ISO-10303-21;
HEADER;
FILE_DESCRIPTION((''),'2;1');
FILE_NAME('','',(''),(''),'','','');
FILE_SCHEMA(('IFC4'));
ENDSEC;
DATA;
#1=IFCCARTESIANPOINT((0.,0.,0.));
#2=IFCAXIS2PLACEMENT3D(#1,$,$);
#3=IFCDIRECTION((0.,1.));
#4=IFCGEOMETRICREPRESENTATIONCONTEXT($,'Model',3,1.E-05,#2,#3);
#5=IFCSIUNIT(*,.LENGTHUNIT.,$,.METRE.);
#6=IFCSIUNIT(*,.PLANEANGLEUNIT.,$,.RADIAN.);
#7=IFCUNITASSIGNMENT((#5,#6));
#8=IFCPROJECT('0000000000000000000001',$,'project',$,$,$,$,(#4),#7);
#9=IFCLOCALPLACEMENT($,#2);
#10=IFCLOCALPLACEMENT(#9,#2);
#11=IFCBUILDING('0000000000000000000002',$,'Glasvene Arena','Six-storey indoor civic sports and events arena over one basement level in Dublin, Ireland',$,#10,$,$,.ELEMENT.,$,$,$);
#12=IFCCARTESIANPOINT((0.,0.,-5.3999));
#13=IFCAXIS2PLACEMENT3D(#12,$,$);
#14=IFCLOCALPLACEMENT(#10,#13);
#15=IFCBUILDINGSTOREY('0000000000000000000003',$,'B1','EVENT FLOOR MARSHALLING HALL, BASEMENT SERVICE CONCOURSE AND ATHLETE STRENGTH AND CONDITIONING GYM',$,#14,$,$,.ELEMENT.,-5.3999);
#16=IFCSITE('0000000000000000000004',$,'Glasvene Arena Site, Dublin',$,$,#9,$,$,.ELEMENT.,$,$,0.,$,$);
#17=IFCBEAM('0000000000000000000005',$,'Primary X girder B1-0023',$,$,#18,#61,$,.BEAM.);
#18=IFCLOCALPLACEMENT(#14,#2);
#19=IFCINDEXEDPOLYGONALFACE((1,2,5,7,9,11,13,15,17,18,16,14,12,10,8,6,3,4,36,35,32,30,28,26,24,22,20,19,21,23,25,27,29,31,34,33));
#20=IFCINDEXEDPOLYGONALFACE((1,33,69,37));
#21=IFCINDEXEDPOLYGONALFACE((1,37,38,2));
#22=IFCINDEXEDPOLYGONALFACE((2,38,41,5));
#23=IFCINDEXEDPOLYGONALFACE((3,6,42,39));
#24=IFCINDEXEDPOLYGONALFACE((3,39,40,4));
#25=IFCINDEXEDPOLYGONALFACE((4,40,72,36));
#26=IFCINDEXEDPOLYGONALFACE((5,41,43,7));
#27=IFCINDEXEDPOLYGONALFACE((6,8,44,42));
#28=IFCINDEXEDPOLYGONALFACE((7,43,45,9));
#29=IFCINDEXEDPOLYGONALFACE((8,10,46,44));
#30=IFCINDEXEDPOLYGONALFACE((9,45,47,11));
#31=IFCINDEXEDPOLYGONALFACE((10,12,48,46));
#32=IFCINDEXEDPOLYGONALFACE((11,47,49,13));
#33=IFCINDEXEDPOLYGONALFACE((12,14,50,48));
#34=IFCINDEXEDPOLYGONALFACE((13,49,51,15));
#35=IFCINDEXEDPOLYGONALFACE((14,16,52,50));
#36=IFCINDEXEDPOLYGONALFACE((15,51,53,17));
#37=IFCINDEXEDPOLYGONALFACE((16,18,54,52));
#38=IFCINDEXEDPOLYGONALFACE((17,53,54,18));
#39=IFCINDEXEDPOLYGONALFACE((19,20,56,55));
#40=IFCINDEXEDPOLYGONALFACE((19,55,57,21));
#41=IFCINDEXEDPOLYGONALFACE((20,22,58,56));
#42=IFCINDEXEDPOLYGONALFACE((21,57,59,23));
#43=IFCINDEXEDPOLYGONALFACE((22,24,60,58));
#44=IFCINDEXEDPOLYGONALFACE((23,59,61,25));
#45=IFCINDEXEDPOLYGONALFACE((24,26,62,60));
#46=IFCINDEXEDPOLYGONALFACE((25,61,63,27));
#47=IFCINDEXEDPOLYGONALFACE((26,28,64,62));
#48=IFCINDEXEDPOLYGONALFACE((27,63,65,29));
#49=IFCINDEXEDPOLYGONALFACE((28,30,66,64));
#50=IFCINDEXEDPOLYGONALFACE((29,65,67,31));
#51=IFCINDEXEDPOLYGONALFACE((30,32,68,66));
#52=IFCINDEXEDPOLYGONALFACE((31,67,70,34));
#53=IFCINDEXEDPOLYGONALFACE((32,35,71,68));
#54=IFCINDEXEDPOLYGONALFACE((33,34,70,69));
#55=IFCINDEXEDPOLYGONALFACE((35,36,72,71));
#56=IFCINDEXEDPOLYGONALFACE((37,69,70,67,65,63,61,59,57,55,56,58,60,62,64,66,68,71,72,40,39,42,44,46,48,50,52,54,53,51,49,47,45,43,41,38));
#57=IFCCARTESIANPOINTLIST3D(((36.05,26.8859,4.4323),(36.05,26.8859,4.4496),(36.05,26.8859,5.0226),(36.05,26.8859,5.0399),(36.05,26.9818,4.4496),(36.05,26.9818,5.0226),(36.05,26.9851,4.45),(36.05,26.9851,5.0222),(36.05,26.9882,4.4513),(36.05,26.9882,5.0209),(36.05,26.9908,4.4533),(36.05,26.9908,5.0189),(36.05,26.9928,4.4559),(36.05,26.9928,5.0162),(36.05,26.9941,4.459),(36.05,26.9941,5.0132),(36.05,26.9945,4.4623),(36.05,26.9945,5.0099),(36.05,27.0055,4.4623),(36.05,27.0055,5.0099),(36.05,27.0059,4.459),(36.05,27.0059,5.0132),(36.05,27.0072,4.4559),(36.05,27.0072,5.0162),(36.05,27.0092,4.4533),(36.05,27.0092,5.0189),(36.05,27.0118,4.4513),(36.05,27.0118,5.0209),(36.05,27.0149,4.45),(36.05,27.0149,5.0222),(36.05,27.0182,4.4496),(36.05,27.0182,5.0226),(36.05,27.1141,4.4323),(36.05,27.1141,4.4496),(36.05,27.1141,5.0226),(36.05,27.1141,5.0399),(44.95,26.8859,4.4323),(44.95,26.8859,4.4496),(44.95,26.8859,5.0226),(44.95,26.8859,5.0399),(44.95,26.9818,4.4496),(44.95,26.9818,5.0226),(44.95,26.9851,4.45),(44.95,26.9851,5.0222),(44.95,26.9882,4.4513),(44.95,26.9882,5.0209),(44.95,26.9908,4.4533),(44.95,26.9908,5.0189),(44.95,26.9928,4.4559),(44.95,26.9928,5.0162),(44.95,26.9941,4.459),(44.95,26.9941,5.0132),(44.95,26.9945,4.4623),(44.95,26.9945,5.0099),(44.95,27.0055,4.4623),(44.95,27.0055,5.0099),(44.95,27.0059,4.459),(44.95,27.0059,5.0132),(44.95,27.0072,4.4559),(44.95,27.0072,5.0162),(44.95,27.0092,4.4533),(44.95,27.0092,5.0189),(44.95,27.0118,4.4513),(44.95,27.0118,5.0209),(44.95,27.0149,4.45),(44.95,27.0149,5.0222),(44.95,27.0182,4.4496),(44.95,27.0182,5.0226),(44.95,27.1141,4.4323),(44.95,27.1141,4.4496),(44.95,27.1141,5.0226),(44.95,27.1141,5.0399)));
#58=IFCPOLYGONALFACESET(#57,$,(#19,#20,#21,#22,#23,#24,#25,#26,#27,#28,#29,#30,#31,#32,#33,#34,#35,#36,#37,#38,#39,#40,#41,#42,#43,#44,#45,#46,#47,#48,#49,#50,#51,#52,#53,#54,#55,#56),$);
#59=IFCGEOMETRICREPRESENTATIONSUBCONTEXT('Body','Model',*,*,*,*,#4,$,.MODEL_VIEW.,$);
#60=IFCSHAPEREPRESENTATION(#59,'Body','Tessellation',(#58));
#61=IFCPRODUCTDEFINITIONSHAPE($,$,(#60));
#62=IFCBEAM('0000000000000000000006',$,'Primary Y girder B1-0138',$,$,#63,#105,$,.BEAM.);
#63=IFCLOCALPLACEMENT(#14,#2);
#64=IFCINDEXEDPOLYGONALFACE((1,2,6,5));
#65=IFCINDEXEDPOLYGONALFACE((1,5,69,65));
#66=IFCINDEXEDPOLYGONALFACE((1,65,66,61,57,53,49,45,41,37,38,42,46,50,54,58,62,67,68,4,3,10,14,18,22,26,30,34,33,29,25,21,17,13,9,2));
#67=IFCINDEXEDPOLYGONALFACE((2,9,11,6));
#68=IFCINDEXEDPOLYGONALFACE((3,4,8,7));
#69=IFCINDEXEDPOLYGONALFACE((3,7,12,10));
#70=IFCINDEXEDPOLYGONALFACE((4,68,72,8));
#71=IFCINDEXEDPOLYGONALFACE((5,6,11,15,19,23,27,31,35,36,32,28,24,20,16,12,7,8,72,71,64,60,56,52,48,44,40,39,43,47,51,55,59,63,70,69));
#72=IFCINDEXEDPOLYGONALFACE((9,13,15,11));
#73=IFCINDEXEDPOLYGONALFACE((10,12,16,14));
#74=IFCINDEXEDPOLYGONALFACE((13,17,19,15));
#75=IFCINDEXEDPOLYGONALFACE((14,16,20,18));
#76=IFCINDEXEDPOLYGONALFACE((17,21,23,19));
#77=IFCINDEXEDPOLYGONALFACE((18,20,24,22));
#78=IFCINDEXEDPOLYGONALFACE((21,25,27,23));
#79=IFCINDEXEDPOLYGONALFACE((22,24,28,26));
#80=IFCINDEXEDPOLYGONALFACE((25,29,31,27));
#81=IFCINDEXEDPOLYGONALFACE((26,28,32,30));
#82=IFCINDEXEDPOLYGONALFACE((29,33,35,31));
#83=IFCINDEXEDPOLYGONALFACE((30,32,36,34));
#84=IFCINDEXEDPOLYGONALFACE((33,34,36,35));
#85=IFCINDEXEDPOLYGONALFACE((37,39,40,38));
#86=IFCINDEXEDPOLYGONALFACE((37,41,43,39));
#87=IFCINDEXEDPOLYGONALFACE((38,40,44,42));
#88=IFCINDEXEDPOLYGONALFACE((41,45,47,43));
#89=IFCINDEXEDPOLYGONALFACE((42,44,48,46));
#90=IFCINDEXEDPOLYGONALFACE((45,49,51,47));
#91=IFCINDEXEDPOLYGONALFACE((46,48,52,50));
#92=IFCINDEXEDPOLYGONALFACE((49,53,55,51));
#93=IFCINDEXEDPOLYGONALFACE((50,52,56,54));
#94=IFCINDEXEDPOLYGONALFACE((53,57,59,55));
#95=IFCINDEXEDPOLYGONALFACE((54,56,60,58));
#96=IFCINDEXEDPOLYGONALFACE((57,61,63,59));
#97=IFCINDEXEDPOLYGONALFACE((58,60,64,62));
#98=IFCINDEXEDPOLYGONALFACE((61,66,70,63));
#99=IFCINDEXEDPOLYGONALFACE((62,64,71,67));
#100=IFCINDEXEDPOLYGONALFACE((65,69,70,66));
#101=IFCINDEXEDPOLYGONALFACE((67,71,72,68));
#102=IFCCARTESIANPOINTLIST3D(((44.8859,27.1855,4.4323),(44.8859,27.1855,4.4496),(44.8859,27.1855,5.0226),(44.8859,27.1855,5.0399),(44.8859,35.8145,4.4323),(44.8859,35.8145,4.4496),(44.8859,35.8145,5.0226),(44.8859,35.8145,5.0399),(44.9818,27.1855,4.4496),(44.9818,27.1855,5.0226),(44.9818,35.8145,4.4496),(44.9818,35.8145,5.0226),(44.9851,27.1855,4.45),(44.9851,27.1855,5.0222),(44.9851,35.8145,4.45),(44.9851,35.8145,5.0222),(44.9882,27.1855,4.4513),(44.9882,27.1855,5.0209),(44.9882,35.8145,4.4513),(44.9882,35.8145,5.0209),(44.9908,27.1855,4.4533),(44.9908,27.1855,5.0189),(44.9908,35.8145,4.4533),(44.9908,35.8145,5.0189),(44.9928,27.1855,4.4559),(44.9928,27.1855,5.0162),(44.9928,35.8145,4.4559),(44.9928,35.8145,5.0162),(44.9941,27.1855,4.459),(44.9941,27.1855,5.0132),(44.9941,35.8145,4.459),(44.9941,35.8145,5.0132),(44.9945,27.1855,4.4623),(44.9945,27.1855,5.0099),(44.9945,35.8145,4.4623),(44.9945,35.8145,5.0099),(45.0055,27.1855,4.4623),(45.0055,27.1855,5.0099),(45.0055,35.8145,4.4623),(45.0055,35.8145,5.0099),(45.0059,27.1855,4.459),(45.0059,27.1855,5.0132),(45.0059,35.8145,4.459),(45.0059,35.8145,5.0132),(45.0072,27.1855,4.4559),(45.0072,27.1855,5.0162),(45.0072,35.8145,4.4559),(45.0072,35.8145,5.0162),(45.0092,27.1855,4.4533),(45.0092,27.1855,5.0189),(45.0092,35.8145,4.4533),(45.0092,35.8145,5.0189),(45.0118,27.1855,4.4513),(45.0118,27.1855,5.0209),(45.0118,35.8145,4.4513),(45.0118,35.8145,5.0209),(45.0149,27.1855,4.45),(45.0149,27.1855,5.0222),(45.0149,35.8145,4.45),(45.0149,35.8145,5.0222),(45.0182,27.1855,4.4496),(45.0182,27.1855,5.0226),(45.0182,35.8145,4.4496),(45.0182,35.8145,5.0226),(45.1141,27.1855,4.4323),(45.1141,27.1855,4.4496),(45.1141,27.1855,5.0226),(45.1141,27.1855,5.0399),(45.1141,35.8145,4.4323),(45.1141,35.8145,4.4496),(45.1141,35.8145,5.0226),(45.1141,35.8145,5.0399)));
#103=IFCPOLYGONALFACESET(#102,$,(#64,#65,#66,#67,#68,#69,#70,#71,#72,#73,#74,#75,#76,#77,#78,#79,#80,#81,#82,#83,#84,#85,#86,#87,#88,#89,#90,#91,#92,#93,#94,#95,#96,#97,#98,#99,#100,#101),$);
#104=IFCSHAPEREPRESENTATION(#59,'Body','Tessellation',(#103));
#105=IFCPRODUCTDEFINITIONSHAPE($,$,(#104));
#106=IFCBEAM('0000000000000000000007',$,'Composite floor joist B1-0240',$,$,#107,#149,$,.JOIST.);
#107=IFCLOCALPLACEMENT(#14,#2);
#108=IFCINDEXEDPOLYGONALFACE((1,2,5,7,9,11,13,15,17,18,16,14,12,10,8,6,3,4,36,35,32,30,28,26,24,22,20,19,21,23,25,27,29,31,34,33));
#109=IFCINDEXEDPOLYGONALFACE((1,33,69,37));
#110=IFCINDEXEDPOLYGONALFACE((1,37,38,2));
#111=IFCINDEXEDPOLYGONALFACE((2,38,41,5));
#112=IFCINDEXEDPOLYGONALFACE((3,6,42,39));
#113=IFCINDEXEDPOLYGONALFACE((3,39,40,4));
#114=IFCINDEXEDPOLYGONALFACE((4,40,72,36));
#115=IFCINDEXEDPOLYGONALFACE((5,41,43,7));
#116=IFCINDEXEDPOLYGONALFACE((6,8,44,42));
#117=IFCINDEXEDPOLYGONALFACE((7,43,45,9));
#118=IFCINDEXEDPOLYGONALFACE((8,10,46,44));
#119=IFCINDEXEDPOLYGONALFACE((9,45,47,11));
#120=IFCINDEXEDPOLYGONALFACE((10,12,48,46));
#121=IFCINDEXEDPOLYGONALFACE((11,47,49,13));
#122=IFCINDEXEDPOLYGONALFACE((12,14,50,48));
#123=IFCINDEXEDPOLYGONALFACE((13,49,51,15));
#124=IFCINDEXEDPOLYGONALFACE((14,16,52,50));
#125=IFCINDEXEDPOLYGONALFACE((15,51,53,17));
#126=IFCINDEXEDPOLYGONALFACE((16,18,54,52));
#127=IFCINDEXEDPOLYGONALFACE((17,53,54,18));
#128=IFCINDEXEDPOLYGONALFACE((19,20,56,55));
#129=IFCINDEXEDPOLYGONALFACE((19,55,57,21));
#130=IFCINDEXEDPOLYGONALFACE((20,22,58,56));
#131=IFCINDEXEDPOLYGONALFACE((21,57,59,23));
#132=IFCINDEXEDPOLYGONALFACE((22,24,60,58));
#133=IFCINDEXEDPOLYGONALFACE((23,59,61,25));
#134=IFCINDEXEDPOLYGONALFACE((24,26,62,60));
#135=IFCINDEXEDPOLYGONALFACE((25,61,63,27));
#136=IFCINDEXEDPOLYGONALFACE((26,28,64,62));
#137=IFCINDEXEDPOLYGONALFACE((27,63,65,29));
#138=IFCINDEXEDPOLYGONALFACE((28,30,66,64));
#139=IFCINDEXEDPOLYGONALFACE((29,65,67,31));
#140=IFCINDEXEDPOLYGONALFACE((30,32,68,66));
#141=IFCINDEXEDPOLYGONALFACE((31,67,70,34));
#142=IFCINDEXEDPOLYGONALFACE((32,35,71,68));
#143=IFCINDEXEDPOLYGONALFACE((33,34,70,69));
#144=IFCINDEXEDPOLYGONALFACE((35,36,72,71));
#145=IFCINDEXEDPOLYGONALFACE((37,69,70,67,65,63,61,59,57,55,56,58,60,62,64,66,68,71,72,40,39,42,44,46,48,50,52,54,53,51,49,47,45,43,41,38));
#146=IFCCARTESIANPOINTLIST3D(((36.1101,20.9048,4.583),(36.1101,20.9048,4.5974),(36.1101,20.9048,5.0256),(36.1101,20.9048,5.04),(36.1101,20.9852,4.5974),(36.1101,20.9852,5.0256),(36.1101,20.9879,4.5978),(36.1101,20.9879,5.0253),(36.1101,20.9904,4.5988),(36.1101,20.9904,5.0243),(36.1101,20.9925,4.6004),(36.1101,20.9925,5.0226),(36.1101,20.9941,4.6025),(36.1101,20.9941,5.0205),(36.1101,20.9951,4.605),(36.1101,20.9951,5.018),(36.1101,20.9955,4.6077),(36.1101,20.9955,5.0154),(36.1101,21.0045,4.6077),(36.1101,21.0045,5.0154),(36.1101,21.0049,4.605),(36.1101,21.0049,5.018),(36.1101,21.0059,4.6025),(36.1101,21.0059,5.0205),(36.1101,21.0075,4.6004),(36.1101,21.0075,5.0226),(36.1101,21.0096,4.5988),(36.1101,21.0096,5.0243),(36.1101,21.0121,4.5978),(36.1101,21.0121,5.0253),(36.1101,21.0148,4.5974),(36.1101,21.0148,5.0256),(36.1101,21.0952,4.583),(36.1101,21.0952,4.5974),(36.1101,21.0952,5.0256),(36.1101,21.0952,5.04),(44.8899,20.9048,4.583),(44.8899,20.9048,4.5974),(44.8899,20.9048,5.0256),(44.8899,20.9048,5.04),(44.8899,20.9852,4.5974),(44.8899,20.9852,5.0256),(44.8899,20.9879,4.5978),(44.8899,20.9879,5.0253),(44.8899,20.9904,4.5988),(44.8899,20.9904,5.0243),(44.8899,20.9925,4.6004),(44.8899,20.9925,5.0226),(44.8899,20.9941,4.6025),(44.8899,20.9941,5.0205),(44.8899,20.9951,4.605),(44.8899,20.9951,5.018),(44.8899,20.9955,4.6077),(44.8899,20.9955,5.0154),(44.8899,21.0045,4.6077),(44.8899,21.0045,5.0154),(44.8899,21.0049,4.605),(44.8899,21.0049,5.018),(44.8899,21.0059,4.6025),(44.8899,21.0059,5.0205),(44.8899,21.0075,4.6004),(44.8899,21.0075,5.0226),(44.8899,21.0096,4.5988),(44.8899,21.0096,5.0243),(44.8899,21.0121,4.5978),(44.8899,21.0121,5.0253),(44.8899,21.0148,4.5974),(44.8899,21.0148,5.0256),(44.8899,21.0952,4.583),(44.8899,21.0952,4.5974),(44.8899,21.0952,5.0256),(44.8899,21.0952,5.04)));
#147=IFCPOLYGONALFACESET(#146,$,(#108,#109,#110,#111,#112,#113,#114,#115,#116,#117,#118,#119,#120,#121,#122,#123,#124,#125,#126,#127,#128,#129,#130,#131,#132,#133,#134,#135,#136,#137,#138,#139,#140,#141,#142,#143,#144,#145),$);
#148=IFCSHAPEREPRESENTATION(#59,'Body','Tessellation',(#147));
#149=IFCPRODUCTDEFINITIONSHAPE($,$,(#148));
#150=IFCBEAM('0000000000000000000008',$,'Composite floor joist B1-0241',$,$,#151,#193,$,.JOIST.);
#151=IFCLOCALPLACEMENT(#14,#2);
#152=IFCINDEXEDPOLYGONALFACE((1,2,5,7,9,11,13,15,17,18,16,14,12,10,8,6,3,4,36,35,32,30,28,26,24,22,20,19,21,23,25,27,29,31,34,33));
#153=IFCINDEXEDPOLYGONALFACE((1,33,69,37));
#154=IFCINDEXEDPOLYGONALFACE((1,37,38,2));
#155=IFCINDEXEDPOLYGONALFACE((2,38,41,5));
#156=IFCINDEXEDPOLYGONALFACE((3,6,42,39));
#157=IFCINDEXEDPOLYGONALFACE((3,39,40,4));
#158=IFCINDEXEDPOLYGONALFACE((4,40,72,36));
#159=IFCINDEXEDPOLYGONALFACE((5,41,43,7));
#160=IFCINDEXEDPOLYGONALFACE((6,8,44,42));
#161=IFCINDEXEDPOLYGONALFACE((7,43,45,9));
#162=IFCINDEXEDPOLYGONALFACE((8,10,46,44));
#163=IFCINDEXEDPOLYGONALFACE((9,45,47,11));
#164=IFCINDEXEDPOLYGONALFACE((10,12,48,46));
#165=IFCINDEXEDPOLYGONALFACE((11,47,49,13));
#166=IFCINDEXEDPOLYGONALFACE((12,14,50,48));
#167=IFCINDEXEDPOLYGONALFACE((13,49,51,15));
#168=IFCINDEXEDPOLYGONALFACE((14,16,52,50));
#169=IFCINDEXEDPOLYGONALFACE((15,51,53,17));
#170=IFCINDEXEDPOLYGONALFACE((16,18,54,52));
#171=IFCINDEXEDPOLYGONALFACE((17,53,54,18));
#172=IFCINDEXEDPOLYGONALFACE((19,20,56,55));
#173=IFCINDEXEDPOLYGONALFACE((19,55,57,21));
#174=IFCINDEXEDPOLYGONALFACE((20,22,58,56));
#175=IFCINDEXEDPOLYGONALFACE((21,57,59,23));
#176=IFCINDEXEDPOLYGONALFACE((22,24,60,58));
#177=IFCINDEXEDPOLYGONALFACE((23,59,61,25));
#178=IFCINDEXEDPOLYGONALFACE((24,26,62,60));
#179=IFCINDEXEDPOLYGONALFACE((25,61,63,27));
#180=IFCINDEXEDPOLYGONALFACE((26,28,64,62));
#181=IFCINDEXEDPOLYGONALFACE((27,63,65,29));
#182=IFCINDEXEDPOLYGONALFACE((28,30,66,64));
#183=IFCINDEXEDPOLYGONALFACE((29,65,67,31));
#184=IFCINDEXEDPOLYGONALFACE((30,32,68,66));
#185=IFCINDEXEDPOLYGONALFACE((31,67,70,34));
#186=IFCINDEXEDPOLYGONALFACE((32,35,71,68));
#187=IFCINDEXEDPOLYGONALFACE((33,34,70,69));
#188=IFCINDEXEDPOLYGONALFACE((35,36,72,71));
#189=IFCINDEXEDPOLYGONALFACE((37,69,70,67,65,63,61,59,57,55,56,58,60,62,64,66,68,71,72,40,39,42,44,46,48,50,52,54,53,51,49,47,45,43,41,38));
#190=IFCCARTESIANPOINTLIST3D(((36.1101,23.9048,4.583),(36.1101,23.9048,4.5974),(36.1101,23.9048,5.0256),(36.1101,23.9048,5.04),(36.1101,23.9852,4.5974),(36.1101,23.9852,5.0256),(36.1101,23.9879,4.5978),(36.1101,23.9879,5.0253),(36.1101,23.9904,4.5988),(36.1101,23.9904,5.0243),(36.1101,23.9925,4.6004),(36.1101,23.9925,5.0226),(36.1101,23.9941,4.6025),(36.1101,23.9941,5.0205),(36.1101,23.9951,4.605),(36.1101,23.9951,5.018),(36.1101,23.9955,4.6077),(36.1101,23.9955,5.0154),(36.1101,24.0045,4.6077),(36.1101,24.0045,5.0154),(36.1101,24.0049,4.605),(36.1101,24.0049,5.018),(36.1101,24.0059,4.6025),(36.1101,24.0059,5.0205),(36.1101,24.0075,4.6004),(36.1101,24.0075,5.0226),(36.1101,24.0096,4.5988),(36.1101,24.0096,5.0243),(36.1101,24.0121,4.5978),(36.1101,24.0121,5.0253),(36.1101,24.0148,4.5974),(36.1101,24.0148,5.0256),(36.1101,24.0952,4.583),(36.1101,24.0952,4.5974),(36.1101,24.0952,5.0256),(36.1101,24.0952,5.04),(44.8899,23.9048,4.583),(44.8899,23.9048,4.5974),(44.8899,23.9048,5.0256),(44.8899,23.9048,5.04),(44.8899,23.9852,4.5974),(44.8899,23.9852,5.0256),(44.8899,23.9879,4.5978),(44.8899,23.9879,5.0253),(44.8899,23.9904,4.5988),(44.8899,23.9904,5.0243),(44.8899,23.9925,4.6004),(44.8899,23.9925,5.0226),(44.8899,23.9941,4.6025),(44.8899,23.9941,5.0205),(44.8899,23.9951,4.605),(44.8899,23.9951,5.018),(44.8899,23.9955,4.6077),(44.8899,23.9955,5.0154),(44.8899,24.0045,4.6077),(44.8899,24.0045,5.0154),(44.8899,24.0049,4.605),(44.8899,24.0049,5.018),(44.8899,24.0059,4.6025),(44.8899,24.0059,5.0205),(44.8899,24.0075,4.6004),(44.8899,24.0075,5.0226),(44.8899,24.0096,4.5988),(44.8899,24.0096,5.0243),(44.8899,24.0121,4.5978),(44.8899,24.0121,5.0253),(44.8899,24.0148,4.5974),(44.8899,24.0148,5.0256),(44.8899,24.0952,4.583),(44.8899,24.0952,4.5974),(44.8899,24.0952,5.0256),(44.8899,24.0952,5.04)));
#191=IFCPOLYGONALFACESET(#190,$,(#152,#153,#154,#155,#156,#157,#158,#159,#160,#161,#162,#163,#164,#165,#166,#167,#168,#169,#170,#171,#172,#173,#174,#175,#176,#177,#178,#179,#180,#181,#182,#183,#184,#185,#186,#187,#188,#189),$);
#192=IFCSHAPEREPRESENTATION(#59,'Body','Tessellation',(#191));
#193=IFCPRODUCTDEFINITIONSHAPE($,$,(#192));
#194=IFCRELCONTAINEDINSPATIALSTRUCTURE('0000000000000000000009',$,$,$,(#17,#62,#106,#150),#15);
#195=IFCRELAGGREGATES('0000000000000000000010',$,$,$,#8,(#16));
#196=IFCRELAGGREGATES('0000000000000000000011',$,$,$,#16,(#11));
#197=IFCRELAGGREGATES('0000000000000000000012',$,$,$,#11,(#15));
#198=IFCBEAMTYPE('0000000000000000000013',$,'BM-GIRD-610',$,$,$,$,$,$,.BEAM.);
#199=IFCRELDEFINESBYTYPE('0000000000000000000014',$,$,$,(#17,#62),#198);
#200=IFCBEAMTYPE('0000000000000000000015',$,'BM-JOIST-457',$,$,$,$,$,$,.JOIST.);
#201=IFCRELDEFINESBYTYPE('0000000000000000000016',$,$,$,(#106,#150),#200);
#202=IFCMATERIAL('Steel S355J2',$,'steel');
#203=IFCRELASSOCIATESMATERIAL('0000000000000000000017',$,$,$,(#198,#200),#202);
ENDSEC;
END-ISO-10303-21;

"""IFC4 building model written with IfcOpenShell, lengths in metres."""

from ifc_helpers import new_model, si_unit, direction, frame, origin, origin_2d, place, context, subcontext, project, spatial, i_section, extrude, material, material_profile, profile_set, type_object, element, save


model = new_model("IFC4")

# Units and contexts
model_context = context("Model", 3, precision=1e-05, world=origin(), true_north=direction((0.0, 1.0)))
body_context = subcontext(model_context, "Body", "Model", "MODEL_VIEW")
ifc_project = project(units=[si_unit("LENGTHUNIT", "METRE"), si_unit("PLANEANGLEUNIT", "RADIAN")], contexts=[model_context])

# Site, building, storey
site_placement = place(None, origin())
site = spatial("IfcSite", under=ifc_project, at=site_placement, Name="Glasvene Arena Site, Dublin", CompositionType="ELEMENT", RefElevation=0.0)
building_placement = place(site_placement, origin())
building = spatial("IfcBuilding", under=site, at=building_placement, Name="Glasvene Arena", Description="Six-storey indoor civic sports and events arena over one basement level in Dublin, Ireland", CompositionType="ELEMENT")
storey_placement = place(building_placement, frame((0.0, 0.0, -5.3999)))
storey = spatial("IfcBuildingStorey", under=building, at=storey_placement, Name="B1", Description="EVENT FLOOR MARSHALLING HALL, BASEMENT SERVICE CONCOURSE AND ATHLETE STRENGTH AND CONDITIONING GYM", CompositionType="ELEMENT", Elevation=-5.3999)

# Shared definitions
ifc_material_1 = material(Name="Steel S355J2", Category="steel")

# Beams
ifc_material_profile_1 = material_profile(ifc_material_1, i_section(OverallWidth=0.2283, OverallDepth=0.6077, WebThickness=0.011, FlangeThickness=0.0173, FilletRadius=0.0127, at=origin_2d()), Name="UKB 610x229x113")
ifc_profile_set_1 = profile_set([ifc_material_profile_1], Name="Steel S355J2")
beam_type_1 = type_object("IfcBeamType", Name="BM-GIRD-610", PredefinedType="BEAM", material=ifc_profile_set_1)
beam_1_placement = place(storey_placement, frame((36.05, 27.0, 4.7361), z_axis=(1.0, 0.0, 0.0), x_axis=(0.0, 1.0, 0.0)))
element("IfcBeam", 1, at=beam_1_placement, inside=storey, type_object=beam_type_1, Name="Primary X girder B1-0023", PredefinedType="BEAM", context=body_context, shape_type="SweptSolid", body=[
    extrude(i_section(OverallWidth=0.2283, OverallDepth=0.6077, WebThickness=0.011, FlangeThickness=0.0173, FilletRadius=0.0127, at=origin_2d()), origin(), (0.0, 0.0, 1.0), 8.8999),
])
beam_2_placement = place(storey_placement, frame((45.0, 27.1855, 4.7361), z_axis=(0.0, 1.0, 0.0), x_axis=(-1.0, 0.0, 0.0)))
element("IfcBeam", 2, at=beam_2_placement, inside=storey, type_object=beam_type_1, Name="Primary Y girder B1-0138", PredefinedType="BEAM", context=body_context, shape_type="SweptSolid", body=[
    extrude(i_section(OverallWidth=0.2283, OverallDepth=0.6077, WebThickness=0.011, FlangeThickness=0.0173, FilletRadius=0.0127, at=origin_2d()), origin(), (0.0, 0.0, 1.0), 8.6289),
])
ifc_material_profile_2 = material_profile(ifc_material_1, i_section(OverallWidth=0.1904, OverallDepth=0.457, WebThickness=0.009, FlangeThickness=0.0144, FilletRadius=0.0103, at=origin_2d()), Name="UKB 457x191x74")
ifc_profile_set_2 = profile_set([ifc_material_profile_2], Name="Steel S355J2")
beam_type_2 = type_object("IfcBeamType", Name="BM-JOIST-457", PredefinedType="JOIST", material=ifc_profile_set_2)
for number, where, z_axis, x_axis, name in (
    (3, (36.1101, 21.0, 4.8115), (1.0, 0.0, 0.0), (0.0, 1.0, 0.0), "Composite floor joist B1-0240"),
    (4, (36.1101, 24.0, 4.8115), (1.0, 0.0, 0.0), (0.0, 1.0, 0.0), "Composite floor joist B1-0241"),
):
    element("IfcBeam", number, at=place(storey_placement, frame(where, z_axis=z_axis, x_axis=x_axis)), inside=storey, type_object=beam_type_2, Name=name, PredefinedType="JOIST", context=body_context, shape_type="SweptSolid", body=[
        extrude(i_section(OverallWidth=0.1904, OverallDepth=0.457, WebThickness=0.009, FlangeThickness=0.0144, FilletRadius=0.0103, at=origin_2d()), origin(), (0.0, 0.0, 1.0), 8.7798),
    ])

save(model, "model.ifc")
